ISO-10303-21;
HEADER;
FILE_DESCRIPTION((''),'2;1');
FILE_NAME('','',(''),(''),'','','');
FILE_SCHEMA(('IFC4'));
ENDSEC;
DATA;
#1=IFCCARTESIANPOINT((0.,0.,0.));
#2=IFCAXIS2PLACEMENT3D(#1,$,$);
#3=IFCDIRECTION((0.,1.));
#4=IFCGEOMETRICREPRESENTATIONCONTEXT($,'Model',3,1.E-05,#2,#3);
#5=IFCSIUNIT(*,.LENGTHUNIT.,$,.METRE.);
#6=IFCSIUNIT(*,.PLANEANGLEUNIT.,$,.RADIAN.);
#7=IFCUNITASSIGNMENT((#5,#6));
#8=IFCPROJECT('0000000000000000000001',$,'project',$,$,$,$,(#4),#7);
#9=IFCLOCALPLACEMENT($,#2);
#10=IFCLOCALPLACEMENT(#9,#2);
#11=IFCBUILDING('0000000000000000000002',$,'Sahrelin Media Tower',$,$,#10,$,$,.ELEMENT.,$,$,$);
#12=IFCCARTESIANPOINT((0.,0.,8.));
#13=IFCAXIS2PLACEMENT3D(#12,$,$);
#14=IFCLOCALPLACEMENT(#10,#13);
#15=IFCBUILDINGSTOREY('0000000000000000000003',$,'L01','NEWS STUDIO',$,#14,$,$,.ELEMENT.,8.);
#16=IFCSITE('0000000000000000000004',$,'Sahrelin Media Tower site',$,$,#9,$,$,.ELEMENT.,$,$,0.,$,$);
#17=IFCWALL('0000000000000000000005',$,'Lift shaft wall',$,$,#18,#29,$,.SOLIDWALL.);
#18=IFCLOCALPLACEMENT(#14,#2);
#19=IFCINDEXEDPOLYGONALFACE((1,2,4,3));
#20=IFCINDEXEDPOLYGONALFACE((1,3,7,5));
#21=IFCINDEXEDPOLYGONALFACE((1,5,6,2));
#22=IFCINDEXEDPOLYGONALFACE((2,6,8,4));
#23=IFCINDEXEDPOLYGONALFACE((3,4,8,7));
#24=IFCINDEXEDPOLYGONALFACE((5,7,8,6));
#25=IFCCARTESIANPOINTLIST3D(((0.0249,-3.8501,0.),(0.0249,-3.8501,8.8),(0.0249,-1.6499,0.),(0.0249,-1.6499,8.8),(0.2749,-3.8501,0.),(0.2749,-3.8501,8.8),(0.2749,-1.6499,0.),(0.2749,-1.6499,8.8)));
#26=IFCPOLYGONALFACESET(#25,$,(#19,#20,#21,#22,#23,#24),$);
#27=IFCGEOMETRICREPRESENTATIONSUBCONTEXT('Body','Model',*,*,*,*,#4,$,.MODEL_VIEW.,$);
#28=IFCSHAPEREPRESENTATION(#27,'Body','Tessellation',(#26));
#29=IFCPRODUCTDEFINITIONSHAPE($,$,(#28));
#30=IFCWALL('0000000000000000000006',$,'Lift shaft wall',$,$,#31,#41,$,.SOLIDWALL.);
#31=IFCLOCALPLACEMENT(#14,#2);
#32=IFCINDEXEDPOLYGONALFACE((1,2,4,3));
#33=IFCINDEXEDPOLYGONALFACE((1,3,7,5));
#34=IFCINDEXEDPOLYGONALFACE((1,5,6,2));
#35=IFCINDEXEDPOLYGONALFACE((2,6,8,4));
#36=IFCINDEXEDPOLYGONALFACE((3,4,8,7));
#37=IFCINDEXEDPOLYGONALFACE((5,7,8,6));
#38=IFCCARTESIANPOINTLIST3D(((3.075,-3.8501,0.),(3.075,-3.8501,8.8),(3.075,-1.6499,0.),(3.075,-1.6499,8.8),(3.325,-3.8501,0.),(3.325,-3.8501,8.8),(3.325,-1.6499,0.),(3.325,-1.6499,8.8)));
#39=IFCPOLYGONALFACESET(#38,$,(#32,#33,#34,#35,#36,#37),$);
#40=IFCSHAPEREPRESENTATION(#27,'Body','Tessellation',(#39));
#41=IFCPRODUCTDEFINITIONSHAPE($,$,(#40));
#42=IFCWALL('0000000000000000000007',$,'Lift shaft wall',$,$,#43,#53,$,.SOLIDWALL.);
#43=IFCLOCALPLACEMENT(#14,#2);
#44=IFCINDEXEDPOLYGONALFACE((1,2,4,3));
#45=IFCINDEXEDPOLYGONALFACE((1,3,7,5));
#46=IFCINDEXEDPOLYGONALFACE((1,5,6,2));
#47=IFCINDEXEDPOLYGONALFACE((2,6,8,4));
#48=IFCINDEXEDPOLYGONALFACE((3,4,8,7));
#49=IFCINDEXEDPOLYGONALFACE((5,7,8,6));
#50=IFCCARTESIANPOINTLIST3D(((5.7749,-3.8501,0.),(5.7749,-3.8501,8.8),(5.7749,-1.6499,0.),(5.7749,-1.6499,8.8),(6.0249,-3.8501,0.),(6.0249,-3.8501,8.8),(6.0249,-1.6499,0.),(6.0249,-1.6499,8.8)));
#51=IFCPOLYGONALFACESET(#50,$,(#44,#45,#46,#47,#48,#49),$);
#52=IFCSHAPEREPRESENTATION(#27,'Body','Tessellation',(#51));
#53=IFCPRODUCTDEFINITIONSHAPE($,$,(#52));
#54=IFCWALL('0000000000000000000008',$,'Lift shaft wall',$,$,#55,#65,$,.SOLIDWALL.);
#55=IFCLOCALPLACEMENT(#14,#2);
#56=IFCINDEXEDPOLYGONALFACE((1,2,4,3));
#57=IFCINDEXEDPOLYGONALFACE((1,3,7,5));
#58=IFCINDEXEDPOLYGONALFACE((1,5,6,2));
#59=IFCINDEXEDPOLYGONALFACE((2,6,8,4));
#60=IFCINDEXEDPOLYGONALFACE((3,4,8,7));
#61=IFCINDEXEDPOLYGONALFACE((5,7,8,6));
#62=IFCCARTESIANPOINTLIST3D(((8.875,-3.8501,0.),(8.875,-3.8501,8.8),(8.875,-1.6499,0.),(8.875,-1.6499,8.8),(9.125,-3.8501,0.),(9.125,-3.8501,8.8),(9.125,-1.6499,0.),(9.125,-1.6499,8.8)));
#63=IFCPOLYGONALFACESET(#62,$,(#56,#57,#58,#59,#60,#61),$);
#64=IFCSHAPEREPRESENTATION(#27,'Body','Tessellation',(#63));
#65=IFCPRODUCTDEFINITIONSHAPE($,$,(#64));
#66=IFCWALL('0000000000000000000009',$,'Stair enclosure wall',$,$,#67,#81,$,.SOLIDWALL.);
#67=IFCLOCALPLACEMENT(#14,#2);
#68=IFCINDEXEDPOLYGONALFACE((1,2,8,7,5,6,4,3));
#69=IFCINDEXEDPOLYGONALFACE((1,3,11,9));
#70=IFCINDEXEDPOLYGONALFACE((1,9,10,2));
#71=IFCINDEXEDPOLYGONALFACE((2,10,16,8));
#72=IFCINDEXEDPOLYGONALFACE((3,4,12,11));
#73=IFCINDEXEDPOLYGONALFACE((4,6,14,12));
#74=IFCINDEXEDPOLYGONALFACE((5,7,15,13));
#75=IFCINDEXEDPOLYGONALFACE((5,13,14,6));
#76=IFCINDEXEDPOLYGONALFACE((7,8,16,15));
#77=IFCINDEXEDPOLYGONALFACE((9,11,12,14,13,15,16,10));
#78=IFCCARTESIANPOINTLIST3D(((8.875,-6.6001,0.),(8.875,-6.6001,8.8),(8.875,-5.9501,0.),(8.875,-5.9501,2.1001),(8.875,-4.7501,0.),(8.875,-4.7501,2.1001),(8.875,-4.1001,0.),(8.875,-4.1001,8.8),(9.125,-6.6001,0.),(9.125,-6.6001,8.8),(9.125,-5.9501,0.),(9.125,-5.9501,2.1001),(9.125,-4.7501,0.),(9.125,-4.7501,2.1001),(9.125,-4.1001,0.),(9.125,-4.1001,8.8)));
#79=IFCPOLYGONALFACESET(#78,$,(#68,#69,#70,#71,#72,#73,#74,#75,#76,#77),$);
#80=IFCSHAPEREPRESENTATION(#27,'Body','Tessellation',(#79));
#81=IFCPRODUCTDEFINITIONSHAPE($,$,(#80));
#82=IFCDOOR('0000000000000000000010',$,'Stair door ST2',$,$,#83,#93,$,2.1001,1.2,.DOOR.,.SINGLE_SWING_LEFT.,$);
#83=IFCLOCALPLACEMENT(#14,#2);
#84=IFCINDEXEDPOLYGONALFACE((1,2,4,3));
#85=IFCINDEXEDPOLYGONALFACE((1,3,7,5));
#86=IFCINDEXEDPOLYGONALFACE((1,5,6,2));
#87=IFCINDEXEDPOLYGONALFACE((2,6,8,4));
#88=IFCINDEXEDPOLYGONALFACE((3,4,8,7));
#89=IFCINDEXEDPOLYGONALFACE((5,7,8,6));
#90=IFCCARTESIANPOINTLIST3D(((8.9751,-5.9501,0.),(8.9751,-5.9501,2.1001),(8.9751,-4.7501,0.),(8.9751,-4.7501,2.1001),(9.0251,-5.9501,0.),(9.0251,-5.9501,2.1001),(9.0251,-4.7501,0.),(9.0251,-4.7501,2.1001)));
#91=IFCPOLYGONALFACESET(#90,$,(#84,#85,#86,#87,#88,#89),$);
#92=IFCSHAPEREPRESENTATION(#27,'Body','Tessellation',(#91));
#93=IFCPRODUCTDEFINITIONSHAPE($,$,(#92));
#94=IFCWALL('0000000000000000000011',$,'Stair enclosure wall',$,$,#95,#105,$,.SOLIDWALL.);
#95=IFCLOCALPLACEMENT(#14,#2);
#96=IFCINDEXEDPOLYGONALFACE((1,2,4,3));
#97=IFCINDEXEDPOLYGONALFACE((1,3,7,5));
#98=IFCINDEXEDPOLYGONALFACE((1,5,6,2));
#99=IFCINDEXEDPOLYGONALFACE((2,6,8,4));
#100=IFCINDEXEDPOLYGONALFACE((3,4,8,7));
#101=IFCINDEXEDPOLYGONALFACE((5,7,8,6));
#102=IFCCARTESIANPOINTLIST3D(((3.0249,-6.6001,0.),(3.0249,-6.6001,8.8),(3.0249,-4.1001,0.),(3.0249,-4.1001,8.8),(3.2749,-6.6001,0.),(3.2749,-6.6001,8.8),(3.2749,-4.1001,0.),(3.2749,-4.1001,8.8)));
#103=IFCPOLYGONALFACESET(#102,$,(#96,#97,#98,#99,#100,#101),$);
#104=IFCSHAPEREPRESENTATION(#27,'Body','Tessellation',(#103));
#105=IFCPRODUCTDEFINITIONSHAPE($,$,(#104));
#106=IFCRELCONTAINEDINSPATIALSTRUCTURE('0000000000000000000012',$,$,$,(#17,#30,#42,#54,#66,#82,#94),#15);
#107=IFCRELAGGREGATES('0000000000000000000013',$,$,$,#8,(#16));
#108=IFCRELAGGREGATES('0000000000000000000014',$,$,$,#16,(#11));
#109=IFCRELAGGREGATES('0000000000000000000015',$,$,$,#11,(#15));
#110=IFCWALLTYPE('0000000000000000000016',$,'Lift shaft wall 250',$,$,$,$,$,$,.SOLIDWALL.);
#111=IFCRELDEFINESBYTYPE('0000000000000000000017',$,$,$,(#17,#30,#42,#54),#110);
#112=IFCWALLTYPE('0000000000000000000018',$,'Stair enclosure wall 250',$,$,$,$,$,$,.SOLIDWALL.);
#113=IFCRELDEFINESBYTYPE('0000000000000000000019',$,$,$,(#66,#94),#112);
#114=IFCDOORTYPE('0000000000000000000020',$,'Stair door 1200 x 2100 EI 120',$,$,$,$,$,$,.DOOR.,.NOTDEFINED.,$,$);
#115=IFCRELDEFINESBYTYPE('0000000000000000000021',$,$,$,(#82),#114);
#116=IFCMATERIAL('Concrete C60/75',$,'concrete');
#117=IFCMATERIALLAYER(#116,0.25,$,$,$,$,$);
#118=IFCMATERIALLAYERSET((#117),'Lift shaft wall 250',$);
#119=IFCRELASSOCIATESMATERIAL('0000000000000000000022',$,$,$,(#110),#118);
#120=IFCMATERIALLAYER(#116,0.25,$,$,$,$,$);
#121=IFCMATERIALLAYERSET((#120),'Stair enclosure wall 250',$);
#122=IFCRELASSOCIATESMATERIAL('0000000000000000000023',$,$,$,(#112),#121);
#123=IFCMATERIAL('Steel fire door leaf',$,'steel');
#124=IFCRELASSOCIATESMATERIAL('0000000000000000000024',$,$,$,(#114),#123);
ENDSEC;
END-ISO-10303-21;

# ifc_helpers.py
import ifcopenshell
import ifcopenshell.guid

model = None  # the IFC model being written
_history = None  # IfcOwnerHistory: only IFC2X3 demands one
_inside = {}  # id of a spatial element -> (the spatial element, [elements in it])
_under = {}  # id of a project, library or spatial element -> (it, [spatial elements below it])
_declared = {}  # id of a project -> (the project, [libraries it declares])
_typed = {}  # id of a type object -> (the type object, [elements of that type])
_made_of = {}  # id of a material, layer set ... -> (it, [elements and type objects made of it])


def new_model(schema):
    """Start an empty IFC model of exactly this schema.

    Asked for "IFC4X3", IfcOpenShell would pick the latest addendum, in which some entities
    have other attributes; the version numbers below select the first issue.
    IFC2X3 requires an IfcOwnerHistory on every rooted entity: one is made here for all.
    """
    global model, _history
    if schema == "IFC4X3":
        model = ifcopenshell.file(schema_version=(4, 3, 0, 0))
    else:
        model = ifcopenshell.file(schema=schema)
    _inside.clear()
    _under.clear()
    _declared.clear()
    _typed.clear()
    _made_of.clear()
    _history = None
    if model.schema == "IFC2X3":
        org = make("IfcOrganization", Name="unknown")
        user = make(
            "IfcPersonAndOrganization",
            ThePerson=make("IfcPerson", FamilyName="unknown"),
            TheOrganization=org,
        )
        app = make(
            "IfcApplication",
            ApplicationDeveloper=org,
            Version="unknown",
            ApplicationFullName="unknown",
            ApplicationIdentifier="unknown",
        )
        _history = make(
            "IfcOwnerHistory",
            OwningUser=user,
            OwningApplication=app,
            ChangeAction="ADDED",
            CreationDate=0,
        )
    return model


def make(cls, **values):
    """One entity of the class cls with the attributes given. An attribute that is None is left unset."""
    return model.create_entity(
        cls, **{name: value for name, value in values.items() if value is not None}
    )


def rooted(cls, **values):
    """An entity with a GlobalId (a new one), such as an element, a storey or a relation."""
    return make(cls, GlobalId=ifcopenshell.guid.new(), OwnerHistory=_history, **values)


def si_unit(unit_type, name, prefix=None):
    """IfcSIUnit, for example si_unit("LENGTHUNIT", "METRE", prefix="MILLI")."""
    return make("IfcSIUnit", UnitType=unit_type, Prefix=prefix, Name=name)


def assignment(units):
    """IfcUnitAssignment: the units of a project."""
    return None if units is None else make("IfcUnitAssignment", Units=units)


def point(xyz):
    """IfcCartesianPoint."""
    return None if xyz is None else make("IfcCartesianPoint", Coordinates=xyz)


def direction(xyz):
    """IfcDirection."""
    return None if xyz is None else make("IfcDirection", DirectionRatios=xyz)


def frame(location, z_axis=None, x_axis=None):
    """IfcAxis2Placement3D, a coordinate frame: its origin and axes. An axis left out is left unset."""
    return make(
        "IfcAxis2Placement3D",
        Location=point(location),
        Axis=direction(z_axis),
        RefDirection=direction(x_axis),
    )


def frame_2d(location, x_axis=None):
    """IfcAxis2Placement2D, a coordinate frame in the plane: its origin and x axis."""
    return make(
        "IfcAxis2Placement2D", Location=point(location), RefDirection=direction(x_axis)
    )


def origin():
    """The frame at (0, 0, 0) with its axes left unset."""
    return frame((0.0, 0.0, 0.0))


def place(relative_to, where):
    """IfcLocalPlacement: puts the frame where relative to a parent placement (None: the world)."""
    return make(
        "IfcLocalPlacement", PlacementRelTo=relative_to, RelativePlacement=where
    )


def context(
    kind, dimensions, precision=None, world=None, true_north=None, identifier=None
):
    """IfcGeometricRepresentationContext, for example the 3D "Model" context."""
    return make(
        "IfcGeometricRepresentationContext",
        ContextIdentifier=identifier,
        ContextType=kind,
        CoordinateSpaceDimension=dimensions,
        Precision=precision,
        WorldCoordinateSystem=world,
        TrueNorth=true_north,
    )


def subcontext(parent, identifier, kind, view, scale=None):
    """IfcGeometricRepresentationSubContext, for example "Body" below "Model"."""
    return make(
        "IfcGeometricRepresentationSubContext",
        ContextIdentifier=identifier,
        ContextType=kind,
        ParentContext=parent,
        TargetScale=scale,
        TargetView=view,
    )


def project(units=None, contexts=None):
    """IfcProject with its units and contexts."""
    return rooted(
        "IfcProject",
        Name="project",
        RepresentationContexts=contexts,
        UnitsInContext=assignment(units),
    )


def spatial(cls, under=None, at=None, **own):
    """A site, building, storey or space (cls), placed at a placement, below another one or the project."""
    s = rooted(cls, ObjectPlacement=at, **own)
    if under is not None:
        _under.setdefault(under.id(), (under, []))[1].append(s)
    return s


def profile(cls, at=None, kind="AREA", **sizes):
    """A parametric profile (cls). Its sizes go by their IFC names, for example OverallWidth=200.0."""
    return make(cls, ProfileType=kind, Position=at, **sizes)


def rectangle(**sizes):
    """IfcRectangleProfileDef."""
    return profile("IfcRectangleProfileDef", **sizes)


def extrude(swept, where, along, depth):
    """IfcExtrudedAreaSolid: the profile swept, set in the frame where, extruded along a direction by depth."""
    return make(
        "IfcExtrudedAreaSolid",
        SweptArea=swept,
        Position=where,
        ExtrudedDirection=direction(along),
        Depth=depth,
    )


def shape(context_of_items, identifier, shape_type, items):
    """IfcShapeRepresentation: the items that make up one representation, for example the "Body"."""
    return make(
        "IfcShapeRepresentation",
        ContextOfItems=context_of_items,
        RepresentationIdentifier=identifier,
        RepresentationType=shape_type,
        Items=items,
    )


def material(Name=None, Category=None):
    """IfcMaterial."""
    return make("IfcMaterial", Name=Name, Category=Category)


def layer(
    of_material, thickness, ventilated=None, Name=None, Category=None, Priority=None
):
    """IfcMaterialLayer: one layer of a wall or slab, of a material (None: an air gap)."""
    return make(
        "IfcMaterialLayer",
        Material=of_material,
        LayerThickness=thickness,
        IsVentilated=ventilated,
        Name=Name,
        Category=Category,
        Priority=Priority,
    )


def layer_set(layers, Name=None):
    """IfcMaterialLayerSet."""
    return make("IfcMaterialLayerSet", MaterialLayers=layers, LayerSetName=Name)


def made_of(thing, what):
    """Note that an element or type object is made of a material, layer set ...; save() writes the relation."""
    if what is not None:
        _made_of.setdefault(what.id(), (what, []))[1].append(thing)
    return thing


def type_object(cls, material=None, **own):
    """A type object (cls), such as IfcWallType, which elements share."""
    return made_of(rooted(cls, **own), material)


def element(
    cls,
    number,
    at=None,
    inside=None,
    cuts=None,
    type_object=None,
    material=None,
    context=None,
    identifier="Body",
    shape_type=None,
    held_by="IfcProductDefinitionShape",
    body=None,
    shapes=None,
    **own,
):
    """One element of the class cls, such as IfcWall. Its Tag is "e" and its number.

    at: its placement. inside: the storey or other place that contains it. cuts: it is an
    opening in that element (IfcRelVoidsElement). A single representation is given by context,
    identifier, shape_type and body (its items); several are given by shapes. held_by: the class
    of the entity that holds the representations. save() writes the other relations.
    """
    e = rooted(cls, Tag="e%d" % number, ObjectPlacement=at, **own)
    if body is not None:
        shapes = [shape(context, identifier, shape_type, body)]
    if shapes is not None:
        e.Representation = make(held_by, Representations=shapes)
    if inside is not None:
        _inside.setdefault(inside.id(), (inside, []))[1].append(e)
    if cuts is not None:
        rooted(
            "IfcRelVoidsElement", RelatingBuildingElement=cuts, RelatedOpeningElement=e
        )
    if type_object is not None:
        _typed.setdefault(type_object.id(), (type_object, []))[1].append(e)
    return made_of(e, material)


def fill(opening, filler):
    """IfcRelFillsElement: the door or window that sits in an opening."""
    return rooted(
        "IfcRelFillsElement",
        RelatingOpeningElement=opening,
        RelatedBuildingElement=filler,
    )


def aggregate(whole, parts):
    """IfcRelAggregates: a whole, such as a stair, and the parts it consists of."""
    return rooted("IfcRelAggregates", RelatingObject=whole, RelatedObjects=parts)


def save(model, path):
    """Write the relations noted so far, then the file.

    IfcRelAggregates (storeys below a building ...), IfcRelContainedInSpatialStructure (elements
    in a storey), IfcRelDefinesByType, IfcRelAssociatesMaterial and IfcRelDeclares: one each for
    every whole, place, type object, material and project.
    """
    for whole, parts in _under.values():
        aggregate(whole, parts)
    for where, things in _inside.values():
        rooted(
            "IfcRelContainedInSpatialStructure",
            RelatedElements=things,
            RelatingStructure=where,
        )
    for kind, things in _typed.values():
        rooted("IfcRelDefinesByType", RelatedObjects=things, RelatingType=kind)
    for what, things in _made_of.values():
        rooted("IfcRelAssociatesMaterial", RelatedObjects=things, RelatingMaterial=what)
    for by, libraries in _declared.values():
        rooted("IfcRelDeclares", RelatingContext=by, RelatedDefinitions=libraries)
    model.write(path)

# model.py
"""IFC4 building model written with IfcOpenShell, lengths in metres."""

from ifc_helpers import new_model, si_unit, direction, frame, frame_2d, origin, place, context, subcontext, project, spatial, rectangle, extrude, material, layer, layer_set, type_object, element, fill, save


model = new_model("IFC4")

# Units and contexts
model_context = context("Model", 3, precision=1e-05, world=origin(), true_north=direction((0.0, 1.0)))
body_context = subcontext(model_context, "Body", "Model", "MODEL_VIEW")
ifc_project = project(units=[si_unit("LENGTHUNIT", "METRE"), si_unit("PLANEANGLEUNIT", "RADIAN")], contexts=[model_context])

# Site, building, storey
site_placement = place(None, origin())
site = spatial("IfcSite", under=ifc_project, at=site_placement, Name="Sahrelin Media Tower site", CompositionType="ELEMENT", RefElevation=0.0)
building_placement = place(site_placement, origin())
building = spatial("IfcBuilding", under=site, at=building_placement, Name="Sahrelin Media Tower", CompositionType="ELEMENT")
storey_placement = place(building_placement, frame((0.0, 0.0, 8.0)))
storey = spatial("IfcBuildingStorey", under=building, at=storey_placement, Name="L01", Description="NEWS STUDIO", CompositionType="ELEMENT", Elevation=8.0)

# Walls
ifc_material_1 = material(Name="Concrete C60/75", Category="concrete")
ifc_layer_1 = layer(ifc_material_1, 0.25)
ifc_layer_set_1 = layer_set([ifc_layer_1], Name="Lift shaft wall 250")
wall_type_1 = type_object("IfcWallType", Name="Lift shaft wall 250", PredefinedType="SOLIDWALL", material=ifc_layer_set_1)
for number, where, z_axis, x_axis, name in (
    (1, (0.1499, -3.8501, 0.0), (0.0, 0.0, 1.0), (0.0, 1.0, 0.0), "Lift shaft wall"),
    (2, (3.2, -3.8501, 0.0), (0.0, 0.0, 1.0), (0.0, 1.0, 0.0), "Lift shaft wall"),
    (3, (5.8999, -3.8501, 0.0), (0.0, 0.0, 1.0), (0.0, 1.0, 0.0), "Lift shaft wall"),
    (4, (9.0, -3.8501, 0.0), (0.0, 0.0, 1.0), (0.0, 1.0, 0.0), "Lift shaft wall"),
):
    element("IfcWall", number, at=place(storey_placement, frame(where, z_axis=z_axis, x_axis=x_axis)), inside=storey, type_object=wall_type_1, Name=name, PredefinedType="SOLIDWALL", context=body_context, shape_type="SweptSolid", body=[
        extrude(rectangle(XDim=2.2002, YDim=0.25, at=frame_2d((1.1001, 0.0))), origin(), (0.0, 0.0, 1.0), 8.8),
    ])

# Wall, opening, door
ifc_layer_2 = layer(ifc_material_1, 0.25)
ifc_layer_set_2 = layer_set([ifc_layer_2], Name="Stair enclosure wall 250")
wall_type_2 = type_object("IfcWallType", Name="Stair enclosure wall 250", PredefinedType="SOLIDWALL", material=ifc_layer_set_2)
wall_1_placement = place(storey_placement, frame((9.0, -6.6001, 0.0), z_axis=(0.0, 0.0, 1.0), x_axis=(0.0, 1.0, 0.0)))
wall_1 = element("IfcWall", 5, at=wall_1_placement, inside=storey, type_object=wall_type_2, Name="Stair enclosure wall", PredefinedType="SOLIDWALL", context=body_context, shape_type="SweptSolid", body=[
    extrude(rectangle(XDim=2.5, YDim=0.25, at=frame_2d((1.25, 0.0))), origin(), (0.0, 0.0, 1.0), 8.8),
])
opening_placement = place(wall_1_placement, frame((0.6499, 0.0, 0.0)))
opening = element("IfcOpeningElement", 6, at=opening_placement, cuts=wall_1, PredefinedType="OPENING", context=body_context, shape_type="SweptSolid", body=[
    extrude(rectangle(XDim=1.2, YDim=2.1001, at=frame_2d((0.6001, 1.05))), frame((0.0, 0.125, 0.0), z_axis=(0.0, -1.0, 0.0), x_axis=(1.0, 0.0, 0.0)), (0.0, 0.0, 1.0), 0.25),
])
ifc_material_2 = material(Name="Steel fire door leaf", Category="steel")
door_type = type_object("IfcDoorType", Name="Stair door 1200 x 2100 EI 120", OperationType="NOTDEFINED", PredefinedType="DOOR", material=ifc_material_2)
door_placement = place(opening_placement, origin())
door = element("IfcDoor", 7, at=door_placement, inside=storey, type_object=door_type, Name="Stair door ST2", OperationType="SINGLE_SWING_LEFT", OverallHeight=2.1001, OverallWidth=1.2, PredefinedType="DOOR", context=body_context, shape_type="SweptSolid", body=[
    extrude(rectangle(XDim=1.2, YDim=2.1001, at=frame_2d((0.6001, 1.05))), frame((0.0, 0.0249, 0.0), z_axis=(0.0, -1.0, 0.0), x_axis=(1.0, 0.0, 0.0)), (0.0, 0.0, 1.0), 0.05),
])
fill(opening, door)

# Wall
wall_2_placement = place(storey_placement, frame((3.1499, -6.6001, 0.0), z_axis=(0.0, 0.0, 1.0), x_axis=(0.0, 1.0, 0.0)))
element("IfcWall", 8, at=wall_2_placement, inside=storey, type_object=wall_type_2, Name="Stair enclosure wall", PredefinedType="SOLIDWALL", context=body_context, shape_type="SweptSolid", body=[
    extrude(rectangle(XDim=2.5, YDim=0.25, at=frame_2d((1.25, 0.0))), origin(), (0.0, 0.0, 1.0), 8.8),
])

save(model, "model.ifc")
